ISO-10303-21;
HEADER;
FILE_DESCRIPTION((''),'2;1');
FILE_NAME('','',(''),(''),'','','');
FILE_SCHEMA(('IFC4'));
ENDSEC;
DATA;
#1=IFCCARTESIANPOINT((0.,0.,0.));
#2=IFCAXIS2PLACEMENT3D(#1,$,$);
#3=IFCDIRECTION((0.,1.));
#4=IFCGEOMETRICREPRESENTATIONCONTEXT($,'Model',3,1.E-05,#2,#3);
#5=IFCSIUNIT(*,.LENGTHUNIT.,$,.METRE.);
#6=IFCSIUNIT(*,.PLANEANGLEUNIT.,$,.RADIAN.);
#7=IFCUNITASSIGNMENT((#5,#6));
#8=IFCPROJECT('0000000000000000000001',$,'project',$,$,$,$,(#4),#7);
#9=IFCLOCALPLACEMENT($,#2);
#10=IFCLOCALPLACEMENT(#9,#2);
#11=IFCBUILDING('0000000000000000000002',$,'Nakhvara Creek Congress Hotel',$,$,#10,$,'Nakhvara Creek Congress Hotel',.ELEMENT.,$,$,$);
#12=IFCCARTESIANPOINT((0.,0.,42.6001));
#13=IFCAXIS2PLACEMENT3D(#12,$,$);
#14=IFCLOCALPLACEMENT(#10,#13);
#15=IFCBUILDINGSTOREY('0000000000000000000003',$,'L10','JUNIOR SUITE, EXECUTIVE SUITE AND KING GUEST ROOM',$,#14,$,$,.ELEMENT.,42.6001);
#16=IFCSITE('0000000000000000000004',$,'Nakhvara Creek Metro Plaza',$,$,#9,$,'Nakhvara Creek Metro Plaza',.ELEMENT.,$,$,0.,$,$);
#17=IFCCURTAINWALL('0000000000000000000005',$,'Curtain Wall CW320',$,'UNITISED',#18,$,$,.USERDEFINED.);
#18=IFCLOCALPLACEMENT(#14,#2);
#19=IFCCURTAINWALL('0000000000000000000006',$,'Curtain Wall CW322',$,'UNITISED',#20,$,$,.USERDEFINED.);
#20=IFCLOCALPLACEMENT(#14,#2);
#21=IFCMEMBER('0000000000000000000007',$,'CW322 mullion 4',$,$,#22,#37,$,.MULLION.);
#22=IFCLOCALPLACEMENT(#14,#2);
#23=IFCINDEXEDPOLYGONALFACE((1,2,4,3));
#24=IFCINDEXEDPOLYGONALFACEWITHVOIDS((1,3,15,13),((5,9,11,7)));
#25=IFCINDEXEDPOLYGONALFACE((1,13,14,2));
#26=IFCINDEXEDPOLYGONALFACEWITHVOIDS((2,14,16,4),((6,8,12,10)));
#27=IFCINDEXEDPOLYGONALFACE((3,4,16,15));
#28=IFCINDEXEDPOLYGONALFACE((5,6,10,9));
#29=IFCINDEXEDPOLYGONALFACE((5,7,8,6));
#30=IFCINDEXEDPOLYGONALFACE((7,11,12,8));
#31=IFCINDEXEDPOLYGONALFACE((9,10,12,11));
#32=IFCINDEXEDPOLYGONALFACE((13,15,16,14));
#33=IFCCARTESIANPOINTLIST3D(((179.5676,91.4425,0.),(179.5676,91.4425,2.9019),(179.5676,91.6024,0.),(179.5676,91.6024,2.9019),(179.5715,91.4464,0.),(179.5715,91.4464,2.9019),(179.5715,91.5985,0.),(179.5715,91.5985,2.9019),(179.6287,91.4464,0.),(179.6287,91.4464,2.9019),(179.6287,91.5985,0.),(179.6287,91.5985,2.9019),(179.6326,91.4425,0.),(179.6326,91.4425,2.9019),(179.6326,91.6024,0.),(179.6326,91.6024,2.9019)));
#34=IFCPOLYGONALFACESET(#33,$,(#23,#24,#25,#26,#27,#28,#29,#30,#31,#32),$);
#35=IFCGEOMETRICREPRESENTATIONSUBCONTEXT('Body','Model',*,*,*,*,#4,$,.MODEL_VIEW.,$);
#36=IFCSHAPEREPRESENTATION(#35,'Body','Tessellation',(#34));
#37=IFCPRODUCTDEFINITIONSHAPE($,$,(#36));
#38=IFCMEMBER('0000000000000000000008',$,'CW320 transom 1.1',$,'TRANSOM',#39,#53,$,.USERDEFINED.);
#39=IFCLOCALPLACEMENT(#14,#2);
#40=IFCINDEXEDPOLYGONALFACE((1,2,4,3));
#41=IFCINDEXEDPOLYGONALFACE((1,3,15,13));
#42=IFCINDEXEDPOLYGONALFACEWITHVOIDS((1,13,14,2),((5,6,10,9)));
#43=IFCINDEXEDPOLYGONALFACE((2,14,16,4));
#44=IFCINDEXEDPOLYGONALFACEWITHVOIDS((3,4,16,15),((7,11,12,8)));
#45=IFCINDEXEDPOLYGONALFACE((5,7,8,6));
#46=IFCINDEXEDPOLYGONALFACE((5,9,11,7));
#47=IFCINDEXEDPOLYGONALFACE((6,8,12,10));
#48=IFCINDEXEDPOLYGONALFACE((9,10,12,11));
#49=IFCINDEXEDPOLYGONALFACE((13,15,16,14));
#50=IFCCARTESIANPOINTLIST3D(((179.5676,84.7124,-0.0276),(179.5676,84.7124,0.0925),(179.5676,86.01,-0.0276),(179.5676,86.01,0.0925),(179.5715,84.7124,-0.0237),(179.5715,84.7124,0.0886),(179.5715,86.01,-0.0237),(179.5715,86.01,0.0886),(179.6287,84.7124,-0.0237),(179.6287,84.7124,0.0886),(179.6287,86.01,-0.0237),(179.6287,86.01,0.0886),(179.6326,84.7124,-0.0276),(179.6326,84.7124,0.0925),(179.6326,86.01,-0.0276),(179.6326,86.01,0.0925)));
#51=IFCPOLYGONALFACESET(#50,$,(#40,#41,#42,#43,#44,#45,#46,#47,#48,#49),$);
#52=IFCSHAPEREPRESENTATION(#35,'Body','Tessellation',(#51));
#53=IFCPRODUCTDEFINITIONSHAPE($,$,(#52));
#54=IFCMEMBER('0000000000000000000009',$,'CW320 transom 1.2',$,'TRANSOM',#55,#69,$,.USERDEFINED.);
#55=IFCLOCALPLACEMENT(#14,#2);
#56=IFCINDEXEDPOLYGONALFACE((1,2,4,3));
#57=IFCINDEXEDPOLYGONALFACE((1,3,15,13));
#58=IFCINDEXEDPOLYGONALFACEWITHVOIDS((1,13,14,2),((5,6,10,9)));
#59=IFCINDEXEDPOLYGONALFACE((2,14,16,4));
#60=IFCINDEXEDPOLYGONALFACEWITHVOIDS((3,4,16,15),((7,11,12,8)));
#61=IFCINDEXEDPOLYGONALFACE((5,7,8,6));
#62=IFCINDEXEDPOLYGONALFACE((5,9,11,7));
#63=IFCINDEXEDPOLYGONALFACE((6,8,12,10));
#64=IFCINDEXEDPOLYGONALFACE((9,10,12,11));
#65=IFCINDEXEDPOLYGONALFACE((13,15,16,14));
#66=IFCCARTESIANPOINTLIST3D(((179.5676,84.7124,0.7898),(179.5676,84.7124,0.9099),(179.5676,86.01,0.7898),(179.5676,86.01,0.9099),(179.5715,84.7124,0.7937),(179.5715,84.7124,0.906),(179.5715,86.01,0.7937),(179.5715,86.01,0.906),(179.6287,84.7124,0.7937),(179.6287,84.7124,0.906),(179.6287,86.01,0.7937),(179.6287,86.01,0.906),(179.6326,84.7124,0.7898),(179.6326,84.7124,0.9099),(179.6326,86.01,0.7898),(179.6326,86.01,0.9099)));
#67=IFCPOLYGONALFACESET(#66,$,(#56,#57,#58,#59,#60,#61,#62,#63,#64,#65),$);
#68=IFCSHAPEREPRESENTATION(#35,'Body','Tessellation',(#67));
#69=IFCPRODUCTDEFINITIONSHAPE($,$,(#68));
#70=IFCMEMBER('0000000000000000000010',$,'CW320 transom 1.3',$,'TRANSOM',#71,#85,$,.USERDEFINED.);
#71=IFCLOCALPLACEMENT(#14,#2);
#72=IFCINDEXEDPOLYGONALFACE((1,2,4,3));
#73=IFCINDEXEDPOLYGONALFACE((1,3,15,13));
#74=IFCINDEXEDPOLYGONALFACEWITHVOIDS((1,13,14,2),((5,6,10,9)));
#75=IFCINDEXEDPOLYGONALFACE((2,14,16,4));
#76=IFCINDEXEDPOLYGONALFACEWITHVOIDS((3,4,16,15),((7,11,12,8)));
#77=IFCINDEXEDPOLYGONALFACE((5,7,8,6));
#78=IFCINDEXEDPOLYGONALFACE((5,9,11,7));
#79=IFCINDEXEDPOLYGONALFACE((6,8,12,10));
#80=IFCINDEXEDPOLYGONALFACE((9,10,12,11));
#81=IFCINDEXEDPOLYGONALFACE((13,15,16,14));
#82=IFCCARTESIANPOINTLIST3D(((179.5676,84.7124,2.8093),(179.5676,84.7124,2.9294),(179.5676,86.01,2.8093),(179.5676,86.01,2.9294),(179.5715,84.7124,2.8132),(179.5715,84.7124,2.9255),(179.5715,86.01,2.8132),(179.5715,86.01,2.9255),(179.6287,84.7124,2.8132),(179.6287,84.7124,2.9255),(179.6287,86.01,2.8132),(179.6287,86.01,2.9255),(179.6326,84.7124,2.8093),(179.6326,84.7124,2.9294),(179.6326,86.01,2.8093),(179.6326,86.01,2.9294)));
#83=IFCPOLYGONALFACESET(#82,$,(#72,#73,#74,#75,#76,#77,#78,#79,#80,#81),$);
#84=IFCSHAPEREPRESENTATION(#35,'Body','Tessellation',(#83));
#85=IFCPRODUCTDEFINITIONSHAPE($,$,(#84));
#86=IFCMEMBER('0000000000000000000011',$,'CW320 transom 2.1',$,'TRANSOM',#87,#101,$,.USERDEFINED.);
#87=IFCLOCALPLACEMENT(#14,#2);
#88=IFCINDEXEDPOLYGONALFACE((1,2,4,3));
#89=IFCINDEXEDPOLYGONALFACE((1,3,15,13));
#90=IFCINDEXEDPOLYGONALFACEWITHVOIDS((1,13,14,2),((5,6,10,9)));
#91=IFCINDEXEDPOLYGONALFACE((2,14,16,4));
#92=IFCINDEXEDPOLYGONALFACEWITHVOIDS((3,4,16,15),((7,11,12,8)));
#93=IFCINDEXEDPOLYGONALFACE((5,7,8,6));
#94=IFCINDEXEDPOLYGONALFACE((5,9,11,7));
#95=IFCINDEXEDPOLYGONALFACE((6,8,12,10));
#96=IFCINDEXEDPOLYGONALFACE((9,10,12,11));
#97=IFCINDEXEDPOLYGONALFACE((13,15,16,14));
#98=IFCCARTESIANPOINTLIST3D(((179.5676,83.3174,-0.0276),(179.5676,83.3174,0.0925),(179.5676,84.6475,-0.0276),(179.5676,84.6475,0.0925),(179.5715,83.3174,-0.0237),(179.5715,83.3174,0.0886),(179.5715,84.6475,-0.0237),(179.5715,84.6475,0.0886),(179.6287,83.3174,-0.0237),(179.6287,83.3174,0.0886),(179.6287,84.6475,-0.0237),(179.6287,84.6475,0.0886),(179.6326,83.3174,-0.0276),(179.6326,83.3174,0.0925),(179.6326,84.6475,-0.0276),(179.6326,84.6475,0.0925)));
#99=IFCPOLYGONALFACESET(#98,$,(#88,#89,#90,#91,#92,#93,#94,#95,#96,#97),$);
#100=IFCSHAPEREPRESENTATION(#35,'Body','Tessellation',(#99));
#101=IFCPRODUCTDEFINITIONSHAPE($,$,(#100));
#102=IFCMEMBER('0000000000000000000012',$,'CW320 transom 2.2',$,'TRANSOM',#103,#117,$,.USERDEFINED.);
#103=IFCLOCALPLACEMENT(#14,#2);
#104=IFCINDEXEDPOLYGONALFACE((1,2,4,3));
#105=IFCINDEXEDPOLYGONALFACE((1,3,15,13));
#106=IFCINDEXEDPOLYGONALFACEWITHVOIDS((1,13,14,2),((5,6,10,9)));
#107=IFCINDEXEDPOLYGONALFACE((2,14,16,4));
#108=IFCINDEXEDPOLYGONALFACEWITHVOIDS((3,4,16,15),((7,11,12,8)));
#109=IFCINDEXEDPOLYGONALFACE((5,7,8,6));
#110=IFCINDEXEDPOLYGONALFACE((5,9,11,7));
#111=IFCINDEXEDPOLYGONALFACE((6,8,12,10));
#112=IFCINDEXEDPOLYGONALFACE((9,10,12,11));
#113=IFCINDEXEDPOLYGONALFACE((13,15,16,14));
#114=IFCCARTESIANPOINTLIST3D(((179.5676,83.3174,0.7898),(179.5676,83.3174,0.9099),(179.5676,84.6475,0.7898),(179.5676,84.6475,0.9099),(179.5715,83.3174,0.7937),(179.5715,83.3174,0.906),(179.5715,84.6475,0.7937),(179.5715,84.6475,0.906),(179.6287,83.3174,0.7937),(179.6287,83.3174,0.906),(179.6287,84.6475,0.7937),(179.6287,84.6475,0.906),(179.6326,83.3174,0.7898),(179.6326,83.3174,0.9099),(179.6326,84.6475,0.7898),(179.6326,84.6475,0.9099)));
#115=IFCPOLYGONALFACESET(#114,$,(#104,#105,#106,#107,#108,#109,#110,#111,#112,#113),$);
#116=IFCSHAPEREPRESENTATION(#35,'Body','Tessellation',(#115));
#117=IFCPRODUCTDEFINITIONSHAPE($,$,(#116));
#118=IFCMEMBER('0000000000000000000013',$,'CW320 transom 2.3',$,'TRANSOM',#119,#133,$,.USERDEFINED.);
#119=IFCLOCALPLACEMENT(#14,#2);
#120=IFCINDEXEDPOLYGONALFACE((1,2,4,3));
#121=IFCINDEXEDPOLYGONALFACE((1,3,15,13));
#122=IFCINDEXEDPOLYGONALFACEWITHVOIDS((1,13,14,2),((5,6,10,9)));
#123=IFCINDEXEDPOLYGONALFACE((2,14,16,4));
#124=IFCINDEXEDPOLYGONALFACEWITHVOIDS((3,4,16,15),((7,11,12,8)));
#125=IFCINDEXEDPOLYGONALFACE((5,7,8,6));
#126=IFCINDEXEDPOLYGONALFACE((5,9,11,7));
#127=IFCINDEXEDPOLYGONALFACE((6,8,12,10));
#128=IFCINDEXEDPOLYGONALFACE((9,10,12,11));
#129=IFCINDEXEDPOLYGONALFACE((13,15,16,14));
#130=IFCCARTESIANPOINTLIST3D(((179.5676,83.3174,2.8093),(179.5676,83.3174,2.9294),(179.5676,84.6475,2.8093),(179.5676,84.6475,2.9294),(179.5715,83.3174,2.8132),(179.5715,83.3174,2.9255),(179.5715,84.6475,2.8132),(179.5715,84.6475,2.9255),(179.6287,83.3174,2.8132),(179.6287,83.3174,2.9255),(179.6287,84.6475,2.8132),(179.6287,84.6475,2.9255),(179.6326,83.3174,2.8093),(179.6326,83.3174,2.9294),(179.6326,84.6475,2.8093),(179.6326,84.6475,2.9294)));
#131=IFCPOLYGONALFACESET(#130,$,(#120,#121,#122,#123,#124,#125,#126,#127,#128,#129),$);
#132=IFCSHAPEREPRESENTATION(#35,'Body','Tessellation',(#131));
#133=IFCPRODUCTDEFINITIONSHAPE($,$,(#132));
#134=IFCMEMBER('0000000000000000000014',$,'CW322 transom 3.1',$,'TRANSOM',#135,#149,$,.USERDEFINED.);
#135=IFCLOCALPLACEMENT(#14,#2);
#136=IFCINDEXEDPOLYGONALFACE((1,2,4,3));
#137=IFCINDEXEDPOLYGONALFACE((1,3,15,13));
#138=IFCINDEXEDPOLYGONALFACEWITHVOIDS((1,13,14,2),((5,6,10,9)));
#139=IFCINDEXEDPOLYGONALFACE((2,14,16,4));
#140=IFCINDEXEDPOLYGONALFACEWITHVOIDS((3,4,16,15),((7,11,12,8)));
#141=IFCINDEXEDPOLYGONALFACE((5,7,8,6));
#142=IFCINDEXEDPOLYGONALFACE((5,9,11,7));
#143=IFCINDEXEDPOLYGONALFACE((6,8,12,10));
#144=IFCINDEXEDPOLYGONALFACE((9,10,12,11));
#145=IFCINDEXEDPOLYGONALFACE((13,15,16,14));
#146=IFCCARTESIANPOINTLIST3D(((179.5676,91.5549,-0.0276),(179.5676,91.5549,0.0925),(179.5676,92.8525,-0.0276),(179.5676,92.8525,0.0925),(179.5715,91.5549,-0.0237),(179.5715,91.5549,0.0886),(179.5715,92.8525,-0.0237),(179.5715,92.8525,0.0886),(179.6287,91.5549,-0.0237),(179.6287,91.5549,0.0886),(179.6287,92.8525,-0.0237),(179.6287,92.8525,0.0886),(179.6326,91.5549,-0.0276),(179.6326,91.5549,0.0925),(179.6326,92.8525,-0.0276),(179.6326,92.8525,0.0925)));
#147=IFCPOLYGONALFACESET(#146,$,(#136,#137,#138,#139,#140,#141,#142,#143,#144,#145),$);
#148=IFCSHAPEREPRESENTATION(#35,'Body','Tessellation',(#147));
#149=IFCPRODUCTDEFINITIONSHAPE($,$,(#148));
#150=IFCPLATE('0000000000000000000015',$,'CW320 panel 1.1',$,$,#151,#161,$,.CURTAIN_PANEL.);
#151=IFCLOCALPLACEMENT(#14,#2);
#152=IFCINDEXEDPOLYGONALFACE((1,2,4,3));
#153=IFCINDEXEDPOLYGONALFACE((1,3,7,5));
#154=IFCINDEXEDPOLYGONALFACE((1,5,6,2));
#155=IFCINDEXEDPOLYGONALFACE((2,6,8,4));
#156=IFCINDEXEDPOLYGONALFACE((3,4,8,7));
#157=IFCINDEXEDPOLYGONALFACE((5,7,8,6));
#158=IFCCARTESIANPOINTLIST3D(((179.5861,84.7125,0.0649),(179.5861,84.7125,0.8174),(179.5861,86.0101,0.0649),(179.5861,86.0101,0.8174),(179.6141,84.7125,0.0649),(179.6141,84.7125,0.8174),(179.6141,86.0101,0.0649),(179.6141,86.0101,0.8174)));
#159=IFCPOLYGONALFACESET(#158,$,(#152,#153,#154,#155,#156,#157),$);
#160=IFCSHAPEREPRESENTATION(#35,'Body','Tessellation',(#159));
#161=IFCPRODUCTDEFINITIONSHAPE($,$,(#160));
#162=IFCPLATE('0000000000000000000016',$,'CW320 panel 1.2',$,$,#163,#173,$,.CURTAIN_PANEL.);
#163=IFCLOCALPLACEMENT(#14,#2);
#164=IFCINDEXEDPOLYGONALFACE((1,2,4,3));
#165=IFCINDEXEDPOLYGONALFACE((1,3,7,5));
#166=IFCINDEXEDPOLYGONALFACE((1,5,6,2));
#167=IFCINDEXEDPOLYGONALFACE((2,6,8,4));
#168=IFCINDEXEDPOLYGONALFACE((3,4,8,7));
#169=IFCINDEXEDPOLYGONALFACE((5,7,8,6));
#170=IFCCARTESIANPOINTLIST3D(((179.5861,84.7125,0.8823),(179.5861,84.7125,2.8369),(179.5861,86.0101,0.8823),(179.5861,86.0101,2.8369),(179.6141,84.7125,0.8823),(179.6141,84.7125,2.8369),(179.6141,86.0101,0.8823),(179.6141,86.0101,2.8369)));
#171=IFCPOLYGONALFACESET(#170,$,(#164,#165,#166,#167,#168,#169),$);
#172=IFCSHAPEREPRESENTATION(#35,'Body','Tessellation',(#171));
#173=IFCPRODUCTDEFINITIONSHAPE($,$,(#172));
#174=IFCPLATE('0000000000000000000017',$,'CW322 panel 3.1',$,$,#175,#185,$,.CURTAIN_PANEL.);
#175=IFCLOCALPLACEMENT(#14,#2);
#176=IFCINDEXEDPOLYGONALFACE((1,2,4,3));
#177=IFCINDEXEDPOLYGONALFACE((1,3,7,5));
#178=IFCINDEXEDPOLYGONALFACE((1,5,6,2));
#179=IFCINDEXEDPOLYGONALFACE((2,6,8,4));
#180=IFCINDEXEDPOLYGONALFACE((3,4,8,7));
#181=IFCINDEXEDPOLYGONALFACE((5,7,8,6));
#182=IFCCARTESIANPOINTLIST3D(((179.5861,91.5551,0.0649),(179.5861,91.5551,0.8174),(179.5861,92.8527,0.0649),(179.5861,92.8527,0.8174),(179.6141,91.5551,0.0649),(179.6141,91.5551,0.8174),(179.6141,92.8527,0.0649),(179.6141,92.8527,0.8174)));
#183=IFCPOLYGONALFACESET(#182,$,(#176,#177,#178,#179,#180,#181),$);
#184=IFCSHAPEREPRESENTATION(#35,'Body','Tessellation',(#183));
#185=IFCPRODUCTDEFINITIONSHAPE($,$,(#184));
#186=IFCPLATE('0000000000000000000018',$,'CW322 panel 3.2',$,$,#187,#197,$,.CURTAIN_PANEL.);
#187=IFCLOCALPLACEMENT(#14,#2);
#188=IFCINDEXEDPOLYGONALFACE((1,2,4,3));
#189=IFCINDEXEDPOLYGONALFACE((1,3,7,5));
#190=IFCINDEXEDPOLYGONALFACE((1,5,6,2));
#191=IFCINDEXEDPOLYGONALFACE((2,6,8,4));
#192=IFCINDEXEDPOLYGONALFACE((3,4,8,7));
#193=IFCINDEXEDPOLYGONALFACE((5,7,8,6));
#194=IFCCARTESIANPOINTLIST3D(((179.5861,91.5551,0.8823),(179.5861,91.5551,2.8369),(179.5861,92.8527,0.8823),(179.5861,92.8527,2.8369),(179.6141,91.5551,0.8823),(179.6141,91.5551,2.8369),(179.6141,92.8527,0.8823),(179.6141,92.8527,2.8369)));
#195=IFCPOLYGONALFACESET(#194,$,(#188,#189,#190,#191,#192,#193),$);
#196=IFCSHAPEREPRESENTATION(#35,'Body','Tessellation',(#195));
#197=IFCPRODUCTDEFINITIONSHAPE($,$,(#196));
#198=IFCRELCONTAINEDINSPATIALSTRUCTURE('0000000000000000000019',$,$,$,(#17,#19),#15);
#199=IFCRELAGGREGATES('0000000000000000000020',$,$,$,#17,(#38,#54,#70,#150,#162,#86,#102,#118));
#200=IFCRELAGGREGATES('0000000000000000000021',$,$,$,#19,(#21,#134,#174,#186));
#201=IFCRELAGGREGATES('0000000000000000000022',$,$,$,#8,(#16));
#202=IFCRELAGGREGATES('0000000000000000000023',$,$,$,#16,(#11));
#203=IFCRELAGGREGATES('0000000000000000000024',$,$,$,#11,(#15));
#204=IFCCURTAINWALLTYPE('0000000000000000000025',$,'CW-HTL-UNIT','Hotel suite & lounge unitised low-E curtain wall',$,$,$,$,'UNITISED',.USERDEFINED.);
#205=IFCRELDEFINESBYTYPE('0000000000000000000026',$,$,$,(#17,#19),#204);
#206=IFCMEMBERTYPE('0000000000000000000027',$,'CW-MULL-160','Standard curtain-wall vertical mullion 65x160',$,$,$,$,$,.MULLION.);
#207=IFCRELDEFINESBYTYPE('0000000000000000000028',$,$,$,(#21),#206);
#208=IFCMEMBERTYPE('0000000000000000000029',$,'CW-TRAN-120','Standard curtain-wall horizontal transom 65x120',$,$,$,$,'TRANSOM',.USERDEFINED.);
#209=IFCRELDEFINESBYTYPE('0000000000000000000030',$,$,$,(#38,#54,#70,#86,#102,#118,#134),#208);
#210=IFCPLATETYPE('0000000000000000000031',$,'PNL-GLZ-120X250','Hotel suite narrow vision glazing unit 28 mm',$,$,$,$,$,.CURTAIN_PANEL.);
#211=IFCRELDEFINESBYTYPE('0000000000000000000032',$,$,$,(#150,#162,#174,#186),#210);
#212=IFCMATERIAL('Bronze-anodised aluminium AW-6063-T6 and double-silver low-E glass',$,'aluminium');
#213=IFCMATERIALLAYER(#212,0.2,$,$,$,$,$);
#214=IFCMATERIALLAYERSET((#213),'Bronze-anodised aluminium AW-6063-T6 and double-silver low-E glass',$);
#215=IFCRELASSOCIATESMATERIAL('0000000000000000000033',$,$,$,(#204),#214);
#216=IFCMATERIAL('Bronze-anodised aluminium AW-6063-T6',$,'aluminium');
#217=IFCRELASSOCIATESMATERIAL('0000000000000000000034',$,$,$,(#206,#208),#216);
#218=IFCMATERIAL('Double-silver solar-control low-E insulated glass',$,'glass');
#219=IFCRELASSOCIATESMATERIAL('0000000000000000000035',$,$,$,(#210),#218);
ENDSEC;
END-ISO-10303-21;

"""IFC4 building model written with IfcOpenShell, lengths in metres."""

from ifc_helpers import new_model, si_unit, direction, frame, origin, origin_2d, place, context, subcontext, project, spatial, rectangle, hollow_rectangle, extrude, material, layer, layer_set, material_profile, profile_set, type_object, element, aggregate, save


model = new_model("IFC4")

# Units and contexts
model_context = context("Model", 3, precision=1e-05, world=origin(), true_north=direction((0.0, 1.0)))
body_context = subcontext(model_context, "Body", "Model", "MODEL_VIEW")
ifc_project = project(units=[si_unit("LENGTHUNIT", "METRE"), si_unit("PLANEANGLEUNIT", "RADIAN")], contexts=[model_context])

# Site, building, storey
site_placement = place(None, origin())
site = spatial("IfcSite", under=ifc_project, at=site_placement, Name="Nakhvara Creek Metro Plaza", LongName="Nakhvara Creek Metro Plaza", CompositionType="ELEMENT", RefElevation=0.0)
building_placement = place(site_placement, origin())
building = spatial("IfcBuilding", under=site, at=building_placement, Name="Nakhvara Creek Congress Hotel", LongName="Nakhvara Creek Congress Hotel", CompositionType="ELEMENT")
storey_placement = place(building_placement, frame((0.0, 0.0, 42.6001)))
storey = spatial("IfcBuildingStorey", under=building, at=storey_placement, Name="L10", Description="JUNIOR SUITE, EXECUTIVE SUITE AND KING GUEST ROOM", CompositionType="ELEMENT", Elevation=42.6001)

# Curtain wall
ifc_material_1 = material(Name="Bronze-anodised aluminium AW-6063-T6 and double-silver low-E glass", Category="aluminium")
ifc_layer_1 = layer(ifc_material_1, 0.2)
ifc_layer_set_1 = layer_set([ifc_layer_1], Name="Bronze-anodised aluminium AW-6063-T6 and double-silver low-E glass")
curtain_wall_type = type_object("IfcCurtainWallType", Name="CW-HTL-UNIT", Description="Hotel suite & lounge unitised low-E curtain wall", ElementType="UNITISED", PredefinedType="USERDEFINED", material=ifc_layer_set_1)
curtain_wall_1_placement = place(storey_placement, origin())
curtain_wall_1 = element("IfcCurtainWall", 1, at=curtain_wall_1_placement, inside=storey, type_object=curtain_wall_type, Name="Curtain Wall CW320", ObjectType="UNITISED", PredefinedType="USERDEFINED")
ifc_material_2 = material(Name="Bronze-anodised aluminium AW-6063-T6", Category="aluminium")
ifc_material_profile_1 = material_profile(ifc_material_2, hollow_rectangle(XDim=0.0649, YDim=0.1599, WallThickness=0.0039, at=origin_2d()), Name="ALU-MULL 65x160x4", Category="LoadBearing")
ifc_profile_set_1 = profile_set([ifc_material_profile_1], Name="Bronze-anodised aluminium AW-6063-T6")
member_type_1 = type_object("IfcMemberType", Name="CW-MULL-160", Description="Standard curtain-wall vertical mullion 65x160", PredefinedType="MULLION", material=ifc_profile_set_1)

# Curtain wall, member
curtain_wall_2_placement = place(storey_placement, origin())
curtain_wall_2 = element("IfcCurtainWall", 2, at=curtain_wall_2_placement, inside=storey, type_object=curtain_wall_type, Name="Curtain Wall CW322", ObjectType="UNITISED", PredefinedType="USERDEFINED")
member_1_placement = place(storey_placement, frame((179.6001, 91.5225, 0.0), z_axis=(0.0, 0.0, 1.0), x_axis=(1.0, 0.0, 0.0)))
member_1 = element("IfcMember", 3, at=member_1_placement, type_object=member_type_1, Name="CW322 mullion 4", PredefinedType="MULLION", context=body_context, shape_type="SweptSolid", body=[
    extrude(hollow_rectangle(XDim=0.0649, YDim=0.1599, WallThickness=0.0039, at=origin_2d()), origin(), (0.0, 0.0, 1.0), 2.9019),
])

# Members
ifc_material_profile_2 = material_profile(ifc_material_2, hollow_rectangle(XDim=0.0649, YDim=0.1201, WallThickness=0.0039, at=origin_2d()), Name="ALU-TRAN 65x120x4", Category="LoadBearing")
ifc_profile_set_2 = profile_set([ifc_material_profile_2], Name="Bronze-anodised aluminium AW-6063-T6")
member_type_2 = type_object("IfcMemberType", Name="CW-TRAN-120", Description="Standard curtain-wall horizontal transom 65x120", ElementType="TRANSOM", PredefinedType="USERDEFINED", material=ifc_profile_set_2)
member_2_placement = place(storey_placement, frame((179.6001, 86.01, 0.0325), z_axis=(0.0, -1.0, 0.0), x_axis=(1.0, 0.0, 0.0)))
member_2 = element("IfcMember", 4, at=member_2_placement, type_object=member_type_2, Name="CW320 transom 1.1", ObjectType="TRANSOM", PredefinedType="USERDEFINED", context=body_context, shape_type="SweptSolid", body=[
    extrude(hollow_rectangle(XDim=0.0649, YDim=0.1201, WallThickness=0.0039, at=origin_2d()), origin(), (0.0, 0.0, 1.0), 1.2976),
])
member_3_placement = place(storey_placement, frame((179.6001, 86.01, 0.8499), z_axis=(0.0, -1.0, 0.0), x_axis=(1.0, 0.0, 0.0)))
member_3 = element("IfcMember", 5, at=member_3_placement, type_object=member_type_2, Name="CW320 transom 1.2", ObjectType="TRANSOM", PredefinedType="USERDEFINED", context=body_context, shape_type="SweptSolid", body=[
    extrude(hollow_rectangle(XDim=0.0649, YDim=0.1201, WallThickness=0.0039, at=origin_2d()), origin(), (0.0, 0.0, 1.0), 1.2976),
])
member_4_placement = place(storey_placement, frame((179.6001, 86.01, 2.8694), z_axis=(0.0, -1.0, 0.0), x_axis=(1.0, 0.0, 0.0)))
member_4 = element("IfcMember", 6, at=member_4_placement, type_object=member_type_2, Name="CW320 transom 1.3", ObjectType="TRANSOM", PredefinedType="USERDEFINED", context=body_context, shape_type="SweptSolid", body=[
    extrude(hollow_rectangle(XDim=0.0649, YDim=0.1201, WallThickness=0.0039, at=origin_2d()), origin(), (0.0, 0.0, 1.0), 1.2976),
])
member_5_placement = place(storey_placement, frame((179.6001, 84.6475, 0.0325), z_axis=(0.0, -1.0, 0.0), x_axis=(1.0, 0.0, 0.0)))
member_5 = element("IfcMember", 7, at=member_5_placement, type_object=member_type_2, Name="CW320 transom 2.1", ObjectType="TRANSOM", PredefinedType="USERDEFINED", context=body_context, shape_type="SweptSolid", body=[
    extrude(hollow_rectangle(XDim=0.0649, YDim=0.1201, WallThickness=0.0039, at=origin_2d()), origin(), (0.0, 0.0, 1.0), 1.3301),
])
member_6_placement = place(storey_placement, frame((179.6001, 84.6475, 0.8499), z_axis=(0.0, -1.0, 0.0), x_axis=(1.0, 0.0, 0.0)))
member_6 = element("IfcMember", 8, at=member_6_placement, type_object=member_type_2, Name="CW320 transom 2.2", ObjectType="TRANSOM", PredefinedType="USERDEFINED", context=body_context, shape_type="SweptSolid", body=[
    extrude(hollow_rectangle(XDim=0.0649, YDim=0.1201, WallThickness=0.0039, at=origin_2d()), origin(), (0.0, 0.0, 1.0), 1.3301),
])
member_7_placement = place(storey_placement, frame((179.6001, 84.6475, 2.8694), z_axis=(0.0, -1.0, 0.0), x_axis=(1.0, 0.0, 0.0)))
member_7 = element("IfcMember", 9, at=member_7_placement, type_object=member_type_2, Name="CW320 transom 2.3", ObjectType="TRANSOM", PredefinedType="USERDEFINED", context=body_context, shape_type="SweptSolid", body=[
    extrude(hollow_rectangle(XDim=0.0649, YDim=0.1201, WallThickness=0.0039, at=origin_2d()), origin(), (0.0, 0.0, 1.0), 1.3301),
])
member_8_placement = place(storey_placement, frame((179.6001, 92.8525, 0.0325), z_axis=(0.0, -1.0, 0.0), x_axis=(1.0, 0.0, 0.0)))
member_8 = element("IfcMember", 10, at=member_8_placement, type_object=member_type_2, Name="CW322 transom 3.1", ObjectType="TRANSOM", PredefinedType="USERDEFINED", context=body_context, shape_type="SweptSolid", body=[
    extrude(hollow_rectangle(XDim=0.0649, YDim=0.1201, WallThickness=0.0039, at=origin_2d()), origin(), (0.0, 0.0, 1.0), 1.2976),
])

# Plates
ifc_material_3 = material(Name="Double-silver solar-control low-E insulated glass", Category="glass")
plate_type = type_object("IfcPlateType", Name="PNL-GLZ-120X250", Description="Hotel suite narrow vision glazing unit 28 mm", PredefinedType="CURTAIN_PANEL", material=ifc_material_3)
plate_1_placement = place(storey_placement, frame((179.6001, 85.3613, 0.0649), z_axis=(0.0, 0.0, 1.0), x_axis=(0.0, -1.0, 0.0)))
plate_1 = element("IfcPlate", 11, at=plate_1_placement, type_object=plate_type, Name="CW320 panel 1.1", PredefinedType="CURTAIN_PANEL", context=body_context, shape_type="SweptSolid", body=[
    extrude(rectangle(XDim=1.2976, YDim=0.0281, at=origin_2d()), origin(), (0.0, 0.0, 1.0), 0.7524),
])
plate_2_placement = place(storey_placement, frame((179.6001, 85.3613, 0.8823), z_axis=(0.0, 0.0, 1.0), x_axis=(0.0, -1.0, 0.0)))
plate_2 = element("IfcPlate", 12, at=plate_2_placement, type_object=plate_type, Name="CW320 panel 1.2", PredefinedType="CURTAIN_PANEL", context=body_context, shape_type="SweptSolid", body=[
    extrude(rectangle(XDim=1.2976, YDim=0.0281, at=origin_2d()), origin(), (0.0, 0.0, 1.0), 1.9546),
])
aggregate(curtain_wall_1, [member_2, member_3, member_4, plate_1, plate_2, member_5, member_6, member_7])
plate_3_placement = place(storey_placement, frame((179.6001, 92.2039, 0.0649), z_axis=(0.0, 0.0, 1.0), x_axis=(0.0, -1.0, 0.0)))
plate_3 = element("IfcPlate", 13, at=plate_3_placement, type_object=plate_type, Name="CW322 panel 3.1", PredefinedType="CURTAIN_PANEL", context=body_context, shape_type="SweptSolid", body=[
    extrude(rectangle(XDim=1.2976, YDim=0.0281, at=origin_2d()), origin(), (0.0, 0.0, 1.0), 0.7524),
])
plate_4_placement = place(storey_placement, frame((179.6001, 92.2039, 0.8823), z_axis=(0.0, 0.0, 1.0), x_axis=(0.0, -1.0, 0.0)))
plate_4 = element("IfcPlate", 14, at=plate_4_placement, type_object=plate_type, Name="CW322 panel 3.2", PredefinedType="CURTAIN_PANEL", context=body_context, shape_type="SweptSolid", body=[
    extrude(rectangle(XDim=1.2976, YDim=0.0281, at=origin_2d()), origin(), (0.0, 0.0, 1.0), 1.9546),
])
aggregate(curtain_wall_2, [member_1, member_8, plate_3, plate_4])

save(model, "model.ifc")
